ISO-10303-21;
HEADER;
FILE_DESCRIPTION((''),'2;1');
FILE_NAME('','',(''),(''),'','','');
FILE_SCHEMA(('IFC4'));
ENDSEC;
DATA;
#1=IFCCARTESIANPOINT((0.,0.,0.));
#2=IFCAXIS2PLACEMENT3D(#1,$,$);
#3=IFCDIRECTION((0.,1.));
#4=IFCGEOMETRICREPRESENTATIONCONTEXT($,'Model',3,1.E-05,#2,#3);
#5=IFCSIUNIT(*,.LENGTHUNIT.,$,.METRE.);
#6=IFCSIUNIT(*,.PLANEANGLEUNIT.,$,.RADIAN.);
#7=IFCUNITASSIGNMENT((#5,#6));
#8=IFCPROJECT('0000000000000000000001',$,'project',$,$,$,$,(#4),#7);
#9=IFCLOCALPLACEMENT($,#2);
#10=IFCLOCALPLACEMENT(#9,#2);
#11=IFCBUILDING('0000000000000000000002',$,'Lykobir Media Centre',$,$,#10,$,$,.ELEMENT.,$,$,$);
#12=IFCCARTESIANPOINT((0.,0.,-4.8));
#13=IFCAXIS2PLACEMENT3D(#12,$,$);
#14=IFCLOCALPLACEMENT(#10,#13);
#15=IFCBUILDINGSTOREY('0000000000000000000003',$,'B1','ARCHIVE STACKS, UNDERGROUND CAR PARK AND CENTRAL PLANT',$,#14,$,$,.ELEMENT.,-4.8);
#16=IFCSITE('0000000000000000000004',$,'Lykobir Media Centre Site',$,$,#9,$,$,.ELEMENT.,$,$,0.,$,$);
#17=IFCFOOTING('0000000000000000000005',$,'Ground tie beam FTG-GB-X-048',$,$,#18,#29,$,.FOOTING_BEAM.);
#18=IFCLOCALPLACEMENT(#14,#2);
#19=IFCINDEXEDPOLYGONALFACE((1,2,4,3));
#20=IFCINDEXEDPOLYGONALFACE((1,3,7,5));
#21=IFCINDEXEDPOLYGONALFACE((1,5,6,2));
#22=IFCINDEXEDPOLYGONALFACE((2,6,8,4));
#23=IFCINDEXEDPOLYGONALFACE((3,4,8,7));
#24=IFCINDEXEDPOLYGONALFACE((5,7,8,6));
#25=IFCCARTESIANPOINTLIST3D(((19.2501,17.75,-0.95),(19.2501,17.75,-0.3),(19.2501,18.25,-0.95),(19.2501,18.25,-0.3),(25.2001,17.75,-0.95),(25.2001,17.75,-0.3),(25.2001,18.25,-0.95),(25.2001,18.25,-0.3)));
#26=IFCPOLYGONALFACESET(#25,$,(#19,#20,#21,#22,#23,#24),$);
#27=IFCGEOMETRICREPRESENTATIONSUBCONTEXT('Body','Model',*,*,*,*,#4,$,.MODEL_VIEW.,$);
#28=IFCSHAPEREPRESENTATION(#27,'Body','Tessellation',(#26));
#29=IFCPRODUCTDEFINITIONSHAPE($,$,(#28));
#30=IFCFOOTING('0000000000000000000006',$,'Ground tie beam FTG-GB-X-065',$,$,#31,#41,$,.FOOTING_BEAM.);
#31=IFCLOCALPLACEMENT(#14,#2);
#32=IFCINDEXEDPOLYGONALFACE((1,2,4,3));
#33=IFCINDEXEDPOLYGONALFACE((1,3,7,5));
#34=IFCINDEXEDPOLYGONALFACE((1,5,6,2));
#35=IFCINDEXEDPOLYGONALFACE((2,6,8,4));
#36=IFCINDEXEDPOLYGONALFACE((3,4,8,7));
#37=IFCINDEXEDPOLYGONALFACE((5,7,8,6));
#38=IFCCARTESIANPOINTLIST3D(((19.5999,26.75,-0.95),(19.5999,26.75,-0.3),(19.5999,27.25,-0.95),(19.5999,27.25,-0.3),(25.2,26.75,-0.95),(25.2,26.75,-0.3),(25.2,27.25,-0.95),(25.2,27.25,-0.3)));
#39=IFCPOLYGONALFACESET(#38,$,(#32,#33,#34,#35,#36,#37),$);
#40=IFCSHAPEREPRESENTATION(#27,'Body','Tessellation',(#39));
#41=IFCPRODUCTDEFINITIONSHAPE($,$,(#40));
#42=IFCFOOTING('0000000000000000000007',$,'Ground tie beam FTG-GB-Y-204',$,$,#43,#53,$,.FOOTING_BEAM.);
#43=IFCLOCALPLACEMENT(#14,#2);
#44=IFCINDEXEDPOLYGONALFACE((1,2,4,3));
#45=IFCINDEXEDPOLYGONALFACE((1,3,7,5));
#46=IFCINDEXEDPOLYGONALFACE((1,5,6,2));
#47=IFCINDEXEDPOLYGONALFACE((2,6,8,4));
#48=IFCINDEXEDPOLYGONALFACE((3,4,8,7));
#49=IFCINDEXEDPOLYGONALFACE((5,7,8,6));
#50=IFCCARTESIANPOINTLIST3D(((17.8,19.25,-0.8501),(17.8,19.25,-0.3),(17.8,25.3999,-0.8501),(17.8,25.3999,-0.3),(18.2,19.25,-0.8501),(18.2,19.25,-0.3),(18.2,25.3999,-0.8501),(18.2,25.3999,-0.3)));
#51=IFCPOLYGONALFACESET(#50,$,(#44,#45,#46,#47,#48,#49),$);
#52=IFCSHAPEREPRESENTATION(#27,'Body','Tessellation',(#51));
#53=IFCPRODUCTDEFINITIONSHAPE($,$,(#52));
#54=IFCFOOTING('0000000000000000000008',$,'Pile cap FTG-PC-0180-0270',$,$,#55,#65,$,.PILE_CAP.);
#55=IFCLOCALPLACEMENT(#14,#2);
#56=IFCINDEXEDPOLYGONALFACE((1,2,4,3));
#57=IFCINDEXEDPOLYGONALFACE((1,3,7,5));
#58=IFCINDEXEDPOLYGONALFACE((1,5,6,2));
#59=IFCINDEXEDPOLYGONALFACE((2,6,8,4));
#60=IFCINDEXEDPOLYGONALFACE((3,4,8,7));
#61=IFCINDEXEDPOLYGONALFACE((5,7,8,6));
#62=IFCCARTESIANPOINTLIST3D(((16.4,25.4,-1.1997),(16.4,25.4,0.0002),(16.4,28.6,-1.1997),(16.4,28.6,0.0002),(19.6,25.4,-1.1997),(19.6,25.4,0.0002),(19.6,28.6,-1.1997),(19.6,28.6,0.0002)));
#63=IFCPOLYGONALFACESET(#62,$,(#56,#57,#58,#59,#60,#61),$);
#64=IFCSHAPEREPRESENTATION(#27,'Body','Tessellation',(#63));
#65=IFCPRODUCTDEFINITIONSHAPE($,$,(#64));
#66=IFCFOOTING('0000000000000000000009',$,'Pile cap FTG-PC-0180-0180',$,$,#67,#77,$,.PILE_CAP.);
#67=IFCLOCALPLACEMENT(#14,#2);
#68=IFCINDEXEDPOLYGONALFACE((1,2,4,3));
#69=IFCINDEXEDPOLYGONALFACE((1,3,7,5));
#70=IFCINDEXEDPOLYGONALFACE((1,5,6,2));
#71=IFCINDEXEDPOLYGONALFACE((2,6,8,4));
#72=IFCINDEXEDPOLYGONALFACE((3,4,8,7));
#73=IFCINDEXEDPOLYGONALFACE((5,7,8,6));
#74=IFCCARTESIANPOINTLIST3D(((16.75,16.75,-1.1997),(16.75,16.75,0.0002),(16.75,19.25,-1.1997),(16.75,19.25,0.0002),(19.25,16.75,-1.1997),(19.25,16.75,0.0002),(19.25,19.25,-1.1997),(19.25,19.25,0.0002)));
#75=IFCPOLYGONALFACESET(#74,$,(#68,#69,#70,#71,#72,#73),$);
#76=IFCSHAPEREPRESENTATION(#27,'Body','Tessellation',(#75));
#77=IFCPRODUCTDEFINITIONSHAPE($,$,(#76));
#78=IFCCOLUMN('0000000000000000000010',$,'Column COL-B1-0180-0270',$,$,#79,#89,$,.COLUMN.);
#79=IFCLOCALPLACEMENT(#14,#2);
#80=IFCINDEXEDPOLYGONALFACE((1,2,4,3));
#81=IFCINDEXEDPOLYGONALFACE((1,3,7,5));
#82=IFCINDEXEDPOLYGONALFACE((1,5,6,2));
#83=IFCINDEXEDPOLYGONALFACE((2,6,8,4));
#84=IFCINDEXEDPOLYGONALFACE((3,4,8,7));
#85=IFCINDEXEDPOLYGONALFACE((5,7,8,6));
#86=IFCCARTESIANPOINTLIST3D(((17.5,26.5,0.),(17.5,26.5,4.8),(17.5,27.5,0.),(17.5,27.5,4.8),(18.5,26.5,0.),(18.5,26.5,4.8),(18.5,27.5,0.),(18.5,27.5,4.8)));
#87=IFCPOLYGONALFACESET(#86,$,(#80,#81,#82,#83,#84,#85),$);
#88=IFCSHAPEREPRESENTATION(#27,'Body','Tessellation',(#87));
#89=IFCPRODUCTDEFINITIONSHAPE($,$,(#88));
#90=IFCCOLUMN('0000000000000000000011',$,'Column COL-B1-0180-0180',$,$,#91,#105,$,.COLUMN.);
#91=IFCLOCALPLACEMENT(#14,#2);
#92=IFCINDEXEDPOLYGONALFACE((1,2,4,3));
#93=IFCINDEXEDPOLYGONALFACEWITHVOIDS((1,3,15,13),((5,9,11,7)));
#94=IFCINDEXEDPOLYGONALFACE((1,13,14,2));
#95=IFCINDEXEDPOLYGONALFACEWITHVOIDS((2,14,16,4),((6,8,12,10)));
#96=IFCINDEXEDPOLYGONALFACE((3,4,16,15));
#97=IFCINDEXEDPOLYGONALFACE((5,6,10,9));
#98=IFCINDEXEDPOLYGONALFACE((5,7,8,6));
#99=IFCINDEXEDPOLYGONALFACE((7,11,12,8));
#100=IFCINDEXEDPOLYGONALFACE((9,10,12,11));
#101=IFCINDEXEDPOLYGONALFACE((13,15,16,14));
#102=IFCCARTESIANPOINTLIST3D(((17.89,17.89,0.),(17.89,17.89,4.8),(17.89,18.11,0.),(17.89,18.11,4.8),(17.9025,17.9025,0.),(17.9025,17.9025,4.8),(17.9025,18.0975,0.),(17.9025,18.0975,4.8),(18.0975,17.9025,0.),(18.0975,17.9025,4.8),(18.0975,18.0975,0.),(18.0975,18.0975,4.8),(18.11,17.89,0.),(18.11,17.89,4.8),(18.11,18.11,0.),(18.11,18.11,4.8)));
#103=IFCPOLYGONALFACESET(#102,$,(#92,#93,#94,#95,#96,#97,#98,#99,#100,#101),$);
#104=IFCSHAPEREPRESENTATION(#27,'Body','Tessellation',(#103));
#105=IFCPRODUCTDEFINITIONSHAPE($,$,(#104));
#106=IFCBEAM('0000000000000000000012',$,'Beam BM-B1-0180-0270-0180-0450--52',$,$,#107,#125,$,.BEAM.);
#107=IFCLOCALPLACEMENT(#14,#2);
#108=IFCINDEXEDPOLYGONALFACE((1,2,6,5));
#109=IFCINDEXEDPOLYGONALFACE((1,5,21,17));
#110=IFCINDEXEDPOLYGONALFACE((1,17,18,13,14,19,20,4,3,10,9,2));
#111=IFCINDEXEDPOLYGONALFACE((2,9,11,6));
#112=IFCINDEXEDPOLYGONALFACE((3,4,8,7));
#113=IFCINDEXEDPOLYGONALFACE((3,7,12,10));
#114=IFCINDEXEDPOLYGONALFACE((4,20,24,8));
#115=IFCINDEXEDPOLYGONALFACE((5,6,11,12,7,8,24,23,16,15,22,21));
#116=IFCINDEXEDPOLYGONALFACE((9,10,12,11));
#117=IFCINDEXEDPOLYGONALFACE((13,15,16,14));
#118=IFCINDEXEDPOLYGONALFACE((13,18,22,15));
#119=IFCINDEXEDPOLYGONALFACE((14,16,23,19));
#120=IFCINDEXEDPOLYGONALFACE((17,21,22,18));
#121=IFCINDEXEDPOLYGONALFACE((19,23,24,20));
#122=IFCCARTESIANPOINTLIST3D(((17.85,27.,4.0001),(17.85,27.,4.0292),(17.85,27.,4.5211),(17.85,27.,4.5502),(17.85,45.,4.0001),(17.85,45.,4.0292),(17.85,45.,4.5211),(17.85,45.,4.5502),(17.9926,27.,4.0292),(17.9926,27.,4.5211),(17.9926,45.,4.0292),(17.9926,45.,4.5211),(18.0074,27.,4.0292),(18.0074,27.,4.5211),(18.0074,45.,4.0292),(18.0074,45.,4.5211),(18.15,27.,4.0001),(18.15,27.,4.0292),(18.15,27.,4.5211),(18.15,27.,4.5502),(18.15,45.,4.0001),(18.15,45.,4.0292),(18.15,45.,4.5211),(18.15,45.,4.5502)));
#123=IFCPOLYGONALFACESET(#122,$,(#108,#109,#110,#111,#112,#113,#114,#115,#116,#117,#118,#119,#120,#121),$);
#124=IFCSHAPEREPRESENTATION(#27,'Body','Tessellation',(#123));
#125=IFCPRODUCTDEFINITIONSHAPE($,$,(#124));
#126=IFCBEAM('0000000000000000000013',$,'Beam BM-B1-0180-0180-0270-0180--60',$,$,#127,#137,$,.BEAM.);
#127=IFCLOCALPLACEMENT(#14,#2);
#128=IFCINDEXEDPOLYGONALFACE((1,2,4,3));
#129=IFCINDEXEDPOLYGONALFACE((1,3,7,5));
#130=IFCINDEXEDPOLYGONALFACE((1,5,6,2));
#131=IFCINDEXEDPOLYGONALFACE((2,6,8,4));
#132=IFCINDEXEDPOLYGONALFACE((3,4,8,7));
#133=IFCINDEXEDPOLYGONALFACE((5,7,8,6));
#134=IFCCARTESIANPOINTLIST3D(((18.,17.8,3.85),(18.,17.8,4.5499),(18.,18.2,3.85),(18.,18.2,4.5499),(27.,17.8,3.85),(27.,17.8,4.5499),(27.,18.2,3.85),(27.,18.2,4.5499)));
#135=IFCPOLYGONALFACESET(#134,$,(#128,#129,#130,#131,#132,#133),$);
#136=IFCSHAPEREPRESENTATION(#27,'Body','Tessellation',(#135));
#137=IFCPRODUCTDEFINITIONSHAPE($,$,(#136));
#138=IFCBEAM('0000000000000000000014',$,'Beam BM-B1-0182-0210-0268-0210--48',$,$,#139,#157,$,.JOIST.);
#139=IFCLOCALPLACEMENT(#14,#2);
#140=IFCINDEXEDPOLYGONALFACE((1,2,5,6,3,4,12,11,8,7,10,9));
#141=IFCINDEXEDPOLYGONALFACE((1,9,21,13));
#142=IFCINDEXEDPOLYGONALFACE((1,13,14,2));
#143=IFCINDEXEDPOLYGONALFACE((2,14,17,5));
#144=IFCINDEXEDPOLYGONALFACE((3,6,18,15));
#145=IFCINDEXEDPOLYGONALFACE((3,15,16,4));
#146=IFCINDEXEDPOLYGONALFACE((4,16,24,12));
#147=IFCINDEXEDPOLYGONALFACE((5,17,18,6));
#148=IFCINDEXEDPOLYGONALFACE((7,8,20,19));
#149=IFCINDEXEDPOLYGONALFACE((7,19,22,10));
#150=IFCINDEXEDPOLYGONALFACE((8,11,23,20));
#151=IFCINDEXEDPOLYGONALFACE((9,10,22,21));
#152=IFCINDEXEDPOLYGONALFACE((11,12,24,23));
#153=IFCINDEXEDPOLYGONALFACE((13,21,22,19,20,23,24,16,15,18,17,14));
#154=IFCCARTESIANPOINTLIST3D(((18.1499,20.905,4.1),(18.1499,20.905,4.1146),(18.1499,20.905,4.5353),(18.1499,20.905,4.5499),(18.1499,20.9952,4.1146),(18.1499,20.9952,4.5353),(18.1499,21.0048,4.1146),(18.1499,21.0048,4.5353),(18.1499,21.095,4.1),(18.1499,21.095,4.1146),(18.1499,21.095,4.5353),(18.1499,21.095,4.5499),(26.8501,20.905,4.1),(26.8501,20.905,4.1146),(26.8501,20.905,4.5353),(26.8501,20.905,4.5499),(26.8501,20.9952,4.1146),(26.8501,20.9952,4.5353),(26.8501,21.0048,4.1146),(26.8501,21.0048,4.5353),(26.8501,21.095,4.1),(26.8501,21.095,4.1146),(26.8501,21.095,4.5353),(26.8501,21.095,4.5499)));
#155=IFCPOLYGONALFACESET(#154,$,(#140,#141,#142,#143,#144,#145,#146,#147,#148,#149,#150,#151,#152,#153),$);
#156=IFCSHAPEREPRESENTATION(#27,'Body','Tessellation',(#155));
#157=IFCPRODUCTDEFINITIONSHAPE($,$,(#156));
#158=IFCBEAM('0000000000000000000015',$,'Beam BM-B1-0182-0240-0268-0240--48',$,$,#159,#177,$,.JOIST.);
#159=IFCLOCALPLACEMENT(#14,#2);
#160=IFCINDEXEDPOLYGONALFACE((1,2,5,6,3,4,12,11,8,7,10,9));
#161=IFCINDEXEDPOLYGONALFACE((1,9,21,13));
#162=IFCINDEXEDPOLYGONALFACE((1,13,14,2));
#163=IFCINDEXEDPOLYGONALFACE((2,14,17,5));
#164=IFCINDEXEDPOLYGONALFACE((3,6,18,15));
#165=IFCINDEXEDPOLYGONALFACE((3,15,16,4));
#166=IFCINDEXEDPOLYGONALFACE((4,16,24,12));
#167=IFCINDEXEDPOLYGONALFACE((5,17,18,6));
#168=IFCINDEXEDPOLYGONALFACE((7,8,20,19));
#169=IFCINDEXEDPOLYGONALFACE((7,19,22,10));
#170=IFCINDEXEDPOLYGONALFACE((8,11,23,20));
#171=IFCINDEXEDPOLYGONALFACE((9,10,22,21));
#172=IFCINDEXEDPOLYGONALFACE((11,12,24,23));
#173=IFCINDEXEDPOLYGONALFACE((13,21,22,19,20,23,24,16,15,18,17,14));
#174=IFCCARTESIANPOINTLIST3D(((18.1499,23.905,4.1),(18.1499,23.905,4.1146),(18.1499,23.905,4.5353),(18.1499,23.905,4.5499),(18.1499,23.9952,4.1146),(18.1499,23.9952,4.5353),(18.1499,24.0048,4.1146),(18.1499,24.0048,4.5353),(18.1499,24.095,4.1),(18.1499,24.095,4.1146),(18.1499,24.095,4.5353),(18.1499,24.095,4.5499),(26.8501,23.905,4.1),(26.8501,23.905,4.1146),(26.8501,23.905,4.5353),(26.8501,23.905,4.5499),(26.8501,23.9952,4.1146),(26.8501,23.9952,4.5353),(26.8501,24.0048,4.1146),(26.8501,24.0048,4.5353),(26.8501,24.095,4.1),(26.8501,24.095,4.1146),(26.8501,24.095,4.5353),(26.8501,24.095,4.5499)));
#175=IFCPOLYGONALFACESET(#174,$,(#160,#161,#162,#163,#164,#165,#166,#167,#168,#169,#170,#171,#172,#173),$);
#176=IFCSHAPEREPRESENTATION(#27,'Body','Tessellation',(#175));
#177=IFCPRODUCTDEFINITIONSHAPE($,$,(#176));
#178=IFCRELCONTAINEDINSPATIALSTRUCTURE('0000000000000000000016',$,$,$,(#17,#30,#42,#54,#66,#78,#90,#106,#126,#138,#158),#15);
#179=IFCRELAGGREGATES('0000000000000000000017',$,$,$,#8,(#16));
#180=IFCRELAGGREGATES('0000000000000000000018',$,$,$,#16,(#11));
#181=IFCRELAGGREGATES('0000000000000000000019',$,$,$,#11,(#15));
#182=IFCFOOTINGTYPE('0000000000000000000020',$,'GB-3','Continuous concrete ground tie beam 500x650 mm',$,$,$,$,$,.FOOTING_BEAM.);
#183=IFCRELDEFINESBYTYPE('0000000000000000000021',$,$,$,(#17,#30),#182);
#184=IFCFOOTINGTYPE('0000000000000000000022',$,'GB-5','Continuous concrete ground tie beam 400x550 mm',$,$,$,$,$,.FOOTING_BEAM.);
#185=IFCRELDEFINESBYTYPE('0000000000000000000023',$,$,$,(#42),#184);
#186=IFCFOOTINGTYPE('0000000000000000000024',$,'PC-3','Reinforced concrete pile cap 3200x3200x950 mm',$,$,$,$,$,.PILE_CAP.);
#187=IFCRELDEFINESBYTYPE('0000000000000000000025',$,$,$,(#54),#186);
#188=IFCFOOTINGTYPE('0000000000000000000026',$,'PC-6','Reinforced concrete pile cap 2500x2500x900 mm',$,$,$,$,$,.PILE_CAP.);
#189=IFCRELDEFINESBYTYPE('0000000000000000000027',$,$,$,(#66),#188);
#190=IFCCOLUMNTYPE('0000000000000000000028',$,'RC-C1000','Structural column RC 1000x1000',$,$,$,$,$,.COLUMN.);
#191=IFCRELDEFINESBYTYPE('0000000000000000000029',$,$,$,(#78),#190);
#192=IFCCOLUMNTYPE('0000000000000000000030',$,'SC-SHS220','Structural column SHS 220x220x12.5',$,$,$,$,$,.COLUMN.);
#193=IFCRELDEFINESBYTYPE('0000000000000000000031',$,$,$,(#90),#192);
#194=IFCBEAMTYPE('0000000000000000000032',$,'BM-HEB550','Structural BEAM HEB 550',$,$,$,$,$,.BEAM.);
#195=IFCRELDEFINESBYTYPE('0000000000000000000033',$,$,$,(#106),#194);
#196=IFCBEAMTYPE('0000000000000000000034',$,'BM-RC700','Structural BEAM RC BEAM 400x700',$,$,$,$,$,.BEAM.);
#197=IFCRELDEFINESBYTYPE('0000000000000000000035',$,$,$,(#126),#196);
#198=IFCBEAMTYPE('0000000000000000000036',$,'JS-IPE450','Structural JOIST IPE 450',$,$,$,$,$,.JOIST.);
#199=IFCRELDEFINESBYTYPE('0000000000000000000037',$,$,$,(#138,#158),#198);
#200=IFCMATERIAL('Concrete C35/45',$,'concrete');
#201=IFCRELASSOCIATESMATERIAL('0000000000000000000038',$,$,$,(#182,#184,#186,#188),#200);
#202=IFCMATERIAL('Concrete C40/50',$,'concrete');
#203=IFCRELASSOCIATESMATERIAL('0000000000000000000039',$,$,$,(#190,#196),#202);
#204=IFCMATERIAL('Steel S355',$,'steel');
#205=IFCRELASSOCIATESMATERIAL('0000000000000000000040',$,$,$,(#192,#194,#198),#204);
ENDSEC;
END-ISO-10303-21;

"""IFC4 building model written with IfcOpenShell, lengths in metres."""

from ifc_helpers import new_model, si_unit, direction, frame, origin, origin_2d, place, context, subcontext, project, spatial, rectangle, hollow_rectangle, i_section, extrude, material, material_profile, profile_set, type_object, element, save


model = new_model("IFC4")

# Units and contexts
model_context = context("Model", 3, precision=1e-05, world=origin(), true_north=direction((0.0, 1.0)))
body_context = subcontext(model_context, "Body", "Model", "MODEL_VIEW")
ifc_project = project(units=[si_unit("LENGTHUNIT", "METRE"), si_unit("PLANEANGLEUNIT", "RADIAN")], contexts=[model_context])

# Site, building, storey
site_placement = place(None, origin())
site = spatial("IfcSite", under=ifc_project, at=site_placement, Name="Lykobir Media Centre Site", CompositionType="ELEMENT", RefElevation=0.0)
building_placement = place(site_placement, origin())
building = spatial("IfcBuilding", under=site, at=building_placement, Name="Lykobir Media Centre", CompositionType="ELEMENT")
storey_placement = place(building_placement, frame((0.0, 0.0, -4.8)))
storey = spatial("IfcBuildingStorey", under=building, at=storey_placement, Name="B1", Description="ARCHIVE STACKS, UNDERGROUND CAR PARK AND CENTRAL PLANT", CompositionType="ELEMENT", Elevation=-4.8)

# Footings
ifc_material_1 = material(Name="Concrete C35/45", Category="concrete")
footing_type_1 = type_object("IfcFootingType", Name="GB-3", Description="Continuous concrete ground tie beam 500x650 mm", PredefinedType="FOOTING_BEAM", material=ifc_material_1)
footing_1_placement = place(storey_placement, frame((22.2251, 18.0, -0.95), z_axis=(0.0, 0.0, 1.0), x_axis=(1.0, 0.0, 0.0)))
element("IfcFooting", 1, at=footing_1_placement, inside=storey, type_object=footing_type_1, Name="Ground tie beam FTG-GB-X-048", PredefinedType="FOOTING_BEAM", context=body_context, shape_type="SweptSolid", body=[
    extrude(rectangle(XDim=5.95, YDim=0.5, at=origin_2d()), origin(), (0.0, 0.0, 1.0), 0.6499),
])
footing_2_placement = place(storey_placement, frame((22.3999, 27.0, -0.95), z_axis=(0.0, 0.0, 1.0), x_axis=(1.0, 0.0, 0.0)))
element("IfcFooting", 2, at=footing_2_placement, inside=storey, type_object=footing_type_1, Name="Ground tie beam FTG-GB-X-065", PredefinedType="FOOTING_BEAM", context=body_context, shape_type="SweptSolid", body=[
    extrude(rectangle(XDim=5.6001, YDim=0.5, at=origin_2d()), origin(), (0.0, 0.0, 1.0), 0.6499),
])
footing_type_2 = type_object("IfcFootingType", Name="GB-5", Description="Continuous concrete ground tie beam 400x550 mm", PredefinedType="FOOTING_BEAM", material=ifc_material_1)
footing_3_placement = place(storey_placement, frame((18.0, 22.325, -0.8501), z_axis=(0.0, 0.0, 1.0), x_axis=(0.0, 1.0, 0.0)))
element("IfcFooting", 3, at=footing_3_placement, inside=storey, type_object=footing_type_2, Name="Ground tie beam FTG-GB-Y-204", PredefinedType="FOOTING_BEAM", context=body_context, shape_type="SweptSolid", body=[
    extrude(rectangle(XDim=6.1499, YDim=0.3999, at=origin_2d()), origin(), (0.0, 0.0, 1.0), 0.55),
])
footing_type_3 = type_object("IfcFootingType", Name="PC-3", Description="Reinforced concrete pile cap 3200x3200x950 mm", PredefinedType="PILE_CAP", material=ifc_material_1)
footing_4_placement = place(storey_placement, frame((18.0, 27.0, -1.1997), z_axis=(0.0, 0.0, 1.0), x_axis=(1.0, 0.0, 0.0)))
element("IfcFooting", 4, at=footing_4_placement, inside=storey, type_object=footing_type_3, Name="Pile cap FTG-PC-0180-0270", PredefinedType="PILE_CAP", context=body_context, shape_type="SweptSolid", body=[
    extrude(rectangle(XDim=3.2, YDim=3.2, at=origin_2d()), origin(), (0.0, 0.0, 1.0), 1.2),
])
footing_type_4 = type_object("IfcFootingType", Name="PC-6", Description="Reinforced concrete pile cap 2500x2500x900 mm", PredefinedType="PILE_CAP", material=ifc_material_1)
footing_5_placement = place(storey_placement, frame((18.0, 18.0, -1.1997), z_axis=(0.0, 0.0, 1.0), x_axis=(1.0, 0.0, 0.0)))
element("IfcFooting", 5, at=footing_5_placement, inside=storey, type_object=footing_type_4, Name="Pile cap FTG-PC-0180-0180", PredefinedType="PILE_CAP", context=body_context, shape_type="SweptSolid", body=[
    extrude(rectangle(XDim=2.5, YDim=2.5, at=origin_2d()), origin(), (0.0, 0.0, 1.0), 1.2),
])

# Columns
ifc_material_2 = material(Name="Concrete C40/50", Category="concrete")
ifc_material_profile_1 = material_profile(ifc_material_2, rectangle(XDim=1.0, YDim=1.0, at=origin_2d()), Name="RC 1000x1000")
ifc_profile_set_1 = profile_set([ifc_material_profile_1], Name="Concrete C40/50")
column_type_1 = type_object("IfcColumnType", Name="RC-C1000", Description="Structural column RC 1000x1000", PredefinedType="COLUMN", material=ifc_profile_set_1)
column_1_placement = place(storey_placement, frame((18.0, 27.0, 0.0), z_axis=(0.0, 0.0, 1.0), x_axis=(1.0, 0.0, 0.0)))
element("IfcColumn", 6, at=column_1_placement, inside=storey, type_object=column_type_1, Name="Column COL-B1-0180-0270", PredefinedType="COLUMN", context=body_context, shape_type="SweptSolid", body=[
    extrude(rectangle(XDim=1.0, YDim=1.0, at=origin_2d()), origin(), (0.0, 0.0, 1.0), 4.8),
])
ifc_material_3 = material(Name="Steel S355", Category="steel")
ifc_material_profile_2 = material_profile(ifc_material_3, hollow_rectangle(XDim=0.22, YDim=0.22, WallThickness=0.0125, at=origin_2d()), Name="SHS 220x220x12.5")
ifc_profile_set_2 = profile_set([ifc_material_profile_2], Name="Steel S355")
column_type_2 = type_object("IfcColumnType", Name="SC-SHS220", Description="Structural column SHS 220x220x12.5", PredefinedType="COLUMN", material=ifc_profile_set_2)
column_2_placement = place(storey_placement, frame((18.0, 18.0, 0.0), z_axis=(0.0, 0.0, 1.0), x_axis=(1.0, 0.0, 0.0)))
element("IfcColumn", 7, at=column_2_placement, inside=storey, type_object=column_type_2, Name="Column COL-B1-0180-0180", PredefinedType="COLUMN", context=body_context, shape_type="SweptSolid", body=[
    extrude(hollow_rectangle(XDim=0.22, YDim=0.22, WallThickness=0.0125, at=origin_2d()), origin(), (0.0, 0.0, 1.0), 4.8),
])

# Beams
ifc_material_profile_3 = material_profile(ifc_material_3, i_section(OverallWidth=0.3, OverallDepth=0.55, WebThickness=0.0149, FlangeThickness=0.0291, at=origin_2d()), Name="HEB 550")
ifc_profile_set_3 = profile_set([ifc_material_profile_3], Name="Steel S355")
beam_type_1 = type_object("IfcBeamType", Name="BM-HEB550", Description="Structural BEAM HEB 550", PredefinedType="BEAM", material=ifc_profile_set_3)
beam_1_placement = place(storey_placement, frame((18.0, 27.0, 4.2751), z_axis=(0.0, 1.0, 0.0), x_axis=(-1.0, 0.0, 0.0)))
element("IfcBeam", 8, at=beam_1_placement, inside=storey, type_object=beam_type_1, Name="Beam BM-B1-0180-0270-0180-0450--52", PredefinedType="BEAM", context=body_context, shape_type="SweptSolid", body=[
    extrude(i_section(OverallWidth=0.3, OverallDepth=0.55, WebThickness=0.0149, FlangeThickness=0.0291, at=origin_2d()), origin(), (0.0, 0.0, 1.0), 18.0),
])
ifc_material_profile_4 = material_profile(ifc_material_2, rectangle(XDim=0.3999, YDim=0.7, at=origin_2d()), Name="RC BEAM 400x700")
ifc_profile_set_4 = profile_set([ifc_material_profile_4], Name="Concrete C40/50")
beam_type_2 = type_object("IfcBeamType", Name="BM-RC700", Description="Structural BEAM RC BEAM 400x700", PredefinedType="BEAM", material=ifc_profile_set_4)
beam_2_placement = place(storey_placement, frame((18.0, 18.0, 4.2), z_axis=(1.0, 0.0, 0.0), x_axis=(0.0, 1.0, 0.0)))
element("IfcBeam", 9, at=beam_2_placement, inside=storey, type_object=beam_type_2, Name="Beam BM-B1-0180-0180-0270-0180--60", PredefinedType="BEAM", context=body_context, shape_type="SweptSolid", body=[
    extrude(rectangle(XDim=0.3999, YDim=0.7, at=origin_2d()), origin(), (0.0, 0.0, 1.0), 9.0),
])
ifc_material_profile_5 = material_profile(ifc_material_3, i_section(OverallWidth=0.1899, OverallDepth=0.45, WebThickness=0.0095, FlangeThickness=0.0146, at=origin_2d()), Name="IPE 450")
ifc_profile_set_5 = profile_set([ifc_material_profile_5], Name="Steel S355")
beam_type_3 = type_object("IfcBeamType", Name="JS-IPE450", Description="Structural JOIST IPE 450", PredefinedType="JOIST", material=ifc_profile_set_5)
for number, where, z_axis, x_axis, name in (
    (10, (18.1499, 21.0, 4.325), (1.0, 0.0, 0.0), (0.0, 1.0, 0.0), "Beam BM-B1-0182-0210-0268-0210--48"),
    (11, (18.1499, 24.0, 4.325), (1.0, 0.0, 0.0), (0.0, 1.0, 0.0), "Beam BM-B1-0182-0240-0268-0240--48"),
):
    element("IfcBeam", number, at=place(storey_placement, frame(where, z_axis=z_axis, x_axis=x_axis)), inside=storey, type_object=beam_type_3, Name=name, PredefinedType="JOIST", context=body_context, shape_type="SweptSolid", body=[
        extrude(i_section(OverallWidth=0.1899, OverallDepth=0.45, WebThickness=0.0095, FlangeThickness=0.0146, at=origin_2d()), origin(), (0.0, 0.0, 1.0), 8.7002),
    ])

save(model, "model.ifc")
